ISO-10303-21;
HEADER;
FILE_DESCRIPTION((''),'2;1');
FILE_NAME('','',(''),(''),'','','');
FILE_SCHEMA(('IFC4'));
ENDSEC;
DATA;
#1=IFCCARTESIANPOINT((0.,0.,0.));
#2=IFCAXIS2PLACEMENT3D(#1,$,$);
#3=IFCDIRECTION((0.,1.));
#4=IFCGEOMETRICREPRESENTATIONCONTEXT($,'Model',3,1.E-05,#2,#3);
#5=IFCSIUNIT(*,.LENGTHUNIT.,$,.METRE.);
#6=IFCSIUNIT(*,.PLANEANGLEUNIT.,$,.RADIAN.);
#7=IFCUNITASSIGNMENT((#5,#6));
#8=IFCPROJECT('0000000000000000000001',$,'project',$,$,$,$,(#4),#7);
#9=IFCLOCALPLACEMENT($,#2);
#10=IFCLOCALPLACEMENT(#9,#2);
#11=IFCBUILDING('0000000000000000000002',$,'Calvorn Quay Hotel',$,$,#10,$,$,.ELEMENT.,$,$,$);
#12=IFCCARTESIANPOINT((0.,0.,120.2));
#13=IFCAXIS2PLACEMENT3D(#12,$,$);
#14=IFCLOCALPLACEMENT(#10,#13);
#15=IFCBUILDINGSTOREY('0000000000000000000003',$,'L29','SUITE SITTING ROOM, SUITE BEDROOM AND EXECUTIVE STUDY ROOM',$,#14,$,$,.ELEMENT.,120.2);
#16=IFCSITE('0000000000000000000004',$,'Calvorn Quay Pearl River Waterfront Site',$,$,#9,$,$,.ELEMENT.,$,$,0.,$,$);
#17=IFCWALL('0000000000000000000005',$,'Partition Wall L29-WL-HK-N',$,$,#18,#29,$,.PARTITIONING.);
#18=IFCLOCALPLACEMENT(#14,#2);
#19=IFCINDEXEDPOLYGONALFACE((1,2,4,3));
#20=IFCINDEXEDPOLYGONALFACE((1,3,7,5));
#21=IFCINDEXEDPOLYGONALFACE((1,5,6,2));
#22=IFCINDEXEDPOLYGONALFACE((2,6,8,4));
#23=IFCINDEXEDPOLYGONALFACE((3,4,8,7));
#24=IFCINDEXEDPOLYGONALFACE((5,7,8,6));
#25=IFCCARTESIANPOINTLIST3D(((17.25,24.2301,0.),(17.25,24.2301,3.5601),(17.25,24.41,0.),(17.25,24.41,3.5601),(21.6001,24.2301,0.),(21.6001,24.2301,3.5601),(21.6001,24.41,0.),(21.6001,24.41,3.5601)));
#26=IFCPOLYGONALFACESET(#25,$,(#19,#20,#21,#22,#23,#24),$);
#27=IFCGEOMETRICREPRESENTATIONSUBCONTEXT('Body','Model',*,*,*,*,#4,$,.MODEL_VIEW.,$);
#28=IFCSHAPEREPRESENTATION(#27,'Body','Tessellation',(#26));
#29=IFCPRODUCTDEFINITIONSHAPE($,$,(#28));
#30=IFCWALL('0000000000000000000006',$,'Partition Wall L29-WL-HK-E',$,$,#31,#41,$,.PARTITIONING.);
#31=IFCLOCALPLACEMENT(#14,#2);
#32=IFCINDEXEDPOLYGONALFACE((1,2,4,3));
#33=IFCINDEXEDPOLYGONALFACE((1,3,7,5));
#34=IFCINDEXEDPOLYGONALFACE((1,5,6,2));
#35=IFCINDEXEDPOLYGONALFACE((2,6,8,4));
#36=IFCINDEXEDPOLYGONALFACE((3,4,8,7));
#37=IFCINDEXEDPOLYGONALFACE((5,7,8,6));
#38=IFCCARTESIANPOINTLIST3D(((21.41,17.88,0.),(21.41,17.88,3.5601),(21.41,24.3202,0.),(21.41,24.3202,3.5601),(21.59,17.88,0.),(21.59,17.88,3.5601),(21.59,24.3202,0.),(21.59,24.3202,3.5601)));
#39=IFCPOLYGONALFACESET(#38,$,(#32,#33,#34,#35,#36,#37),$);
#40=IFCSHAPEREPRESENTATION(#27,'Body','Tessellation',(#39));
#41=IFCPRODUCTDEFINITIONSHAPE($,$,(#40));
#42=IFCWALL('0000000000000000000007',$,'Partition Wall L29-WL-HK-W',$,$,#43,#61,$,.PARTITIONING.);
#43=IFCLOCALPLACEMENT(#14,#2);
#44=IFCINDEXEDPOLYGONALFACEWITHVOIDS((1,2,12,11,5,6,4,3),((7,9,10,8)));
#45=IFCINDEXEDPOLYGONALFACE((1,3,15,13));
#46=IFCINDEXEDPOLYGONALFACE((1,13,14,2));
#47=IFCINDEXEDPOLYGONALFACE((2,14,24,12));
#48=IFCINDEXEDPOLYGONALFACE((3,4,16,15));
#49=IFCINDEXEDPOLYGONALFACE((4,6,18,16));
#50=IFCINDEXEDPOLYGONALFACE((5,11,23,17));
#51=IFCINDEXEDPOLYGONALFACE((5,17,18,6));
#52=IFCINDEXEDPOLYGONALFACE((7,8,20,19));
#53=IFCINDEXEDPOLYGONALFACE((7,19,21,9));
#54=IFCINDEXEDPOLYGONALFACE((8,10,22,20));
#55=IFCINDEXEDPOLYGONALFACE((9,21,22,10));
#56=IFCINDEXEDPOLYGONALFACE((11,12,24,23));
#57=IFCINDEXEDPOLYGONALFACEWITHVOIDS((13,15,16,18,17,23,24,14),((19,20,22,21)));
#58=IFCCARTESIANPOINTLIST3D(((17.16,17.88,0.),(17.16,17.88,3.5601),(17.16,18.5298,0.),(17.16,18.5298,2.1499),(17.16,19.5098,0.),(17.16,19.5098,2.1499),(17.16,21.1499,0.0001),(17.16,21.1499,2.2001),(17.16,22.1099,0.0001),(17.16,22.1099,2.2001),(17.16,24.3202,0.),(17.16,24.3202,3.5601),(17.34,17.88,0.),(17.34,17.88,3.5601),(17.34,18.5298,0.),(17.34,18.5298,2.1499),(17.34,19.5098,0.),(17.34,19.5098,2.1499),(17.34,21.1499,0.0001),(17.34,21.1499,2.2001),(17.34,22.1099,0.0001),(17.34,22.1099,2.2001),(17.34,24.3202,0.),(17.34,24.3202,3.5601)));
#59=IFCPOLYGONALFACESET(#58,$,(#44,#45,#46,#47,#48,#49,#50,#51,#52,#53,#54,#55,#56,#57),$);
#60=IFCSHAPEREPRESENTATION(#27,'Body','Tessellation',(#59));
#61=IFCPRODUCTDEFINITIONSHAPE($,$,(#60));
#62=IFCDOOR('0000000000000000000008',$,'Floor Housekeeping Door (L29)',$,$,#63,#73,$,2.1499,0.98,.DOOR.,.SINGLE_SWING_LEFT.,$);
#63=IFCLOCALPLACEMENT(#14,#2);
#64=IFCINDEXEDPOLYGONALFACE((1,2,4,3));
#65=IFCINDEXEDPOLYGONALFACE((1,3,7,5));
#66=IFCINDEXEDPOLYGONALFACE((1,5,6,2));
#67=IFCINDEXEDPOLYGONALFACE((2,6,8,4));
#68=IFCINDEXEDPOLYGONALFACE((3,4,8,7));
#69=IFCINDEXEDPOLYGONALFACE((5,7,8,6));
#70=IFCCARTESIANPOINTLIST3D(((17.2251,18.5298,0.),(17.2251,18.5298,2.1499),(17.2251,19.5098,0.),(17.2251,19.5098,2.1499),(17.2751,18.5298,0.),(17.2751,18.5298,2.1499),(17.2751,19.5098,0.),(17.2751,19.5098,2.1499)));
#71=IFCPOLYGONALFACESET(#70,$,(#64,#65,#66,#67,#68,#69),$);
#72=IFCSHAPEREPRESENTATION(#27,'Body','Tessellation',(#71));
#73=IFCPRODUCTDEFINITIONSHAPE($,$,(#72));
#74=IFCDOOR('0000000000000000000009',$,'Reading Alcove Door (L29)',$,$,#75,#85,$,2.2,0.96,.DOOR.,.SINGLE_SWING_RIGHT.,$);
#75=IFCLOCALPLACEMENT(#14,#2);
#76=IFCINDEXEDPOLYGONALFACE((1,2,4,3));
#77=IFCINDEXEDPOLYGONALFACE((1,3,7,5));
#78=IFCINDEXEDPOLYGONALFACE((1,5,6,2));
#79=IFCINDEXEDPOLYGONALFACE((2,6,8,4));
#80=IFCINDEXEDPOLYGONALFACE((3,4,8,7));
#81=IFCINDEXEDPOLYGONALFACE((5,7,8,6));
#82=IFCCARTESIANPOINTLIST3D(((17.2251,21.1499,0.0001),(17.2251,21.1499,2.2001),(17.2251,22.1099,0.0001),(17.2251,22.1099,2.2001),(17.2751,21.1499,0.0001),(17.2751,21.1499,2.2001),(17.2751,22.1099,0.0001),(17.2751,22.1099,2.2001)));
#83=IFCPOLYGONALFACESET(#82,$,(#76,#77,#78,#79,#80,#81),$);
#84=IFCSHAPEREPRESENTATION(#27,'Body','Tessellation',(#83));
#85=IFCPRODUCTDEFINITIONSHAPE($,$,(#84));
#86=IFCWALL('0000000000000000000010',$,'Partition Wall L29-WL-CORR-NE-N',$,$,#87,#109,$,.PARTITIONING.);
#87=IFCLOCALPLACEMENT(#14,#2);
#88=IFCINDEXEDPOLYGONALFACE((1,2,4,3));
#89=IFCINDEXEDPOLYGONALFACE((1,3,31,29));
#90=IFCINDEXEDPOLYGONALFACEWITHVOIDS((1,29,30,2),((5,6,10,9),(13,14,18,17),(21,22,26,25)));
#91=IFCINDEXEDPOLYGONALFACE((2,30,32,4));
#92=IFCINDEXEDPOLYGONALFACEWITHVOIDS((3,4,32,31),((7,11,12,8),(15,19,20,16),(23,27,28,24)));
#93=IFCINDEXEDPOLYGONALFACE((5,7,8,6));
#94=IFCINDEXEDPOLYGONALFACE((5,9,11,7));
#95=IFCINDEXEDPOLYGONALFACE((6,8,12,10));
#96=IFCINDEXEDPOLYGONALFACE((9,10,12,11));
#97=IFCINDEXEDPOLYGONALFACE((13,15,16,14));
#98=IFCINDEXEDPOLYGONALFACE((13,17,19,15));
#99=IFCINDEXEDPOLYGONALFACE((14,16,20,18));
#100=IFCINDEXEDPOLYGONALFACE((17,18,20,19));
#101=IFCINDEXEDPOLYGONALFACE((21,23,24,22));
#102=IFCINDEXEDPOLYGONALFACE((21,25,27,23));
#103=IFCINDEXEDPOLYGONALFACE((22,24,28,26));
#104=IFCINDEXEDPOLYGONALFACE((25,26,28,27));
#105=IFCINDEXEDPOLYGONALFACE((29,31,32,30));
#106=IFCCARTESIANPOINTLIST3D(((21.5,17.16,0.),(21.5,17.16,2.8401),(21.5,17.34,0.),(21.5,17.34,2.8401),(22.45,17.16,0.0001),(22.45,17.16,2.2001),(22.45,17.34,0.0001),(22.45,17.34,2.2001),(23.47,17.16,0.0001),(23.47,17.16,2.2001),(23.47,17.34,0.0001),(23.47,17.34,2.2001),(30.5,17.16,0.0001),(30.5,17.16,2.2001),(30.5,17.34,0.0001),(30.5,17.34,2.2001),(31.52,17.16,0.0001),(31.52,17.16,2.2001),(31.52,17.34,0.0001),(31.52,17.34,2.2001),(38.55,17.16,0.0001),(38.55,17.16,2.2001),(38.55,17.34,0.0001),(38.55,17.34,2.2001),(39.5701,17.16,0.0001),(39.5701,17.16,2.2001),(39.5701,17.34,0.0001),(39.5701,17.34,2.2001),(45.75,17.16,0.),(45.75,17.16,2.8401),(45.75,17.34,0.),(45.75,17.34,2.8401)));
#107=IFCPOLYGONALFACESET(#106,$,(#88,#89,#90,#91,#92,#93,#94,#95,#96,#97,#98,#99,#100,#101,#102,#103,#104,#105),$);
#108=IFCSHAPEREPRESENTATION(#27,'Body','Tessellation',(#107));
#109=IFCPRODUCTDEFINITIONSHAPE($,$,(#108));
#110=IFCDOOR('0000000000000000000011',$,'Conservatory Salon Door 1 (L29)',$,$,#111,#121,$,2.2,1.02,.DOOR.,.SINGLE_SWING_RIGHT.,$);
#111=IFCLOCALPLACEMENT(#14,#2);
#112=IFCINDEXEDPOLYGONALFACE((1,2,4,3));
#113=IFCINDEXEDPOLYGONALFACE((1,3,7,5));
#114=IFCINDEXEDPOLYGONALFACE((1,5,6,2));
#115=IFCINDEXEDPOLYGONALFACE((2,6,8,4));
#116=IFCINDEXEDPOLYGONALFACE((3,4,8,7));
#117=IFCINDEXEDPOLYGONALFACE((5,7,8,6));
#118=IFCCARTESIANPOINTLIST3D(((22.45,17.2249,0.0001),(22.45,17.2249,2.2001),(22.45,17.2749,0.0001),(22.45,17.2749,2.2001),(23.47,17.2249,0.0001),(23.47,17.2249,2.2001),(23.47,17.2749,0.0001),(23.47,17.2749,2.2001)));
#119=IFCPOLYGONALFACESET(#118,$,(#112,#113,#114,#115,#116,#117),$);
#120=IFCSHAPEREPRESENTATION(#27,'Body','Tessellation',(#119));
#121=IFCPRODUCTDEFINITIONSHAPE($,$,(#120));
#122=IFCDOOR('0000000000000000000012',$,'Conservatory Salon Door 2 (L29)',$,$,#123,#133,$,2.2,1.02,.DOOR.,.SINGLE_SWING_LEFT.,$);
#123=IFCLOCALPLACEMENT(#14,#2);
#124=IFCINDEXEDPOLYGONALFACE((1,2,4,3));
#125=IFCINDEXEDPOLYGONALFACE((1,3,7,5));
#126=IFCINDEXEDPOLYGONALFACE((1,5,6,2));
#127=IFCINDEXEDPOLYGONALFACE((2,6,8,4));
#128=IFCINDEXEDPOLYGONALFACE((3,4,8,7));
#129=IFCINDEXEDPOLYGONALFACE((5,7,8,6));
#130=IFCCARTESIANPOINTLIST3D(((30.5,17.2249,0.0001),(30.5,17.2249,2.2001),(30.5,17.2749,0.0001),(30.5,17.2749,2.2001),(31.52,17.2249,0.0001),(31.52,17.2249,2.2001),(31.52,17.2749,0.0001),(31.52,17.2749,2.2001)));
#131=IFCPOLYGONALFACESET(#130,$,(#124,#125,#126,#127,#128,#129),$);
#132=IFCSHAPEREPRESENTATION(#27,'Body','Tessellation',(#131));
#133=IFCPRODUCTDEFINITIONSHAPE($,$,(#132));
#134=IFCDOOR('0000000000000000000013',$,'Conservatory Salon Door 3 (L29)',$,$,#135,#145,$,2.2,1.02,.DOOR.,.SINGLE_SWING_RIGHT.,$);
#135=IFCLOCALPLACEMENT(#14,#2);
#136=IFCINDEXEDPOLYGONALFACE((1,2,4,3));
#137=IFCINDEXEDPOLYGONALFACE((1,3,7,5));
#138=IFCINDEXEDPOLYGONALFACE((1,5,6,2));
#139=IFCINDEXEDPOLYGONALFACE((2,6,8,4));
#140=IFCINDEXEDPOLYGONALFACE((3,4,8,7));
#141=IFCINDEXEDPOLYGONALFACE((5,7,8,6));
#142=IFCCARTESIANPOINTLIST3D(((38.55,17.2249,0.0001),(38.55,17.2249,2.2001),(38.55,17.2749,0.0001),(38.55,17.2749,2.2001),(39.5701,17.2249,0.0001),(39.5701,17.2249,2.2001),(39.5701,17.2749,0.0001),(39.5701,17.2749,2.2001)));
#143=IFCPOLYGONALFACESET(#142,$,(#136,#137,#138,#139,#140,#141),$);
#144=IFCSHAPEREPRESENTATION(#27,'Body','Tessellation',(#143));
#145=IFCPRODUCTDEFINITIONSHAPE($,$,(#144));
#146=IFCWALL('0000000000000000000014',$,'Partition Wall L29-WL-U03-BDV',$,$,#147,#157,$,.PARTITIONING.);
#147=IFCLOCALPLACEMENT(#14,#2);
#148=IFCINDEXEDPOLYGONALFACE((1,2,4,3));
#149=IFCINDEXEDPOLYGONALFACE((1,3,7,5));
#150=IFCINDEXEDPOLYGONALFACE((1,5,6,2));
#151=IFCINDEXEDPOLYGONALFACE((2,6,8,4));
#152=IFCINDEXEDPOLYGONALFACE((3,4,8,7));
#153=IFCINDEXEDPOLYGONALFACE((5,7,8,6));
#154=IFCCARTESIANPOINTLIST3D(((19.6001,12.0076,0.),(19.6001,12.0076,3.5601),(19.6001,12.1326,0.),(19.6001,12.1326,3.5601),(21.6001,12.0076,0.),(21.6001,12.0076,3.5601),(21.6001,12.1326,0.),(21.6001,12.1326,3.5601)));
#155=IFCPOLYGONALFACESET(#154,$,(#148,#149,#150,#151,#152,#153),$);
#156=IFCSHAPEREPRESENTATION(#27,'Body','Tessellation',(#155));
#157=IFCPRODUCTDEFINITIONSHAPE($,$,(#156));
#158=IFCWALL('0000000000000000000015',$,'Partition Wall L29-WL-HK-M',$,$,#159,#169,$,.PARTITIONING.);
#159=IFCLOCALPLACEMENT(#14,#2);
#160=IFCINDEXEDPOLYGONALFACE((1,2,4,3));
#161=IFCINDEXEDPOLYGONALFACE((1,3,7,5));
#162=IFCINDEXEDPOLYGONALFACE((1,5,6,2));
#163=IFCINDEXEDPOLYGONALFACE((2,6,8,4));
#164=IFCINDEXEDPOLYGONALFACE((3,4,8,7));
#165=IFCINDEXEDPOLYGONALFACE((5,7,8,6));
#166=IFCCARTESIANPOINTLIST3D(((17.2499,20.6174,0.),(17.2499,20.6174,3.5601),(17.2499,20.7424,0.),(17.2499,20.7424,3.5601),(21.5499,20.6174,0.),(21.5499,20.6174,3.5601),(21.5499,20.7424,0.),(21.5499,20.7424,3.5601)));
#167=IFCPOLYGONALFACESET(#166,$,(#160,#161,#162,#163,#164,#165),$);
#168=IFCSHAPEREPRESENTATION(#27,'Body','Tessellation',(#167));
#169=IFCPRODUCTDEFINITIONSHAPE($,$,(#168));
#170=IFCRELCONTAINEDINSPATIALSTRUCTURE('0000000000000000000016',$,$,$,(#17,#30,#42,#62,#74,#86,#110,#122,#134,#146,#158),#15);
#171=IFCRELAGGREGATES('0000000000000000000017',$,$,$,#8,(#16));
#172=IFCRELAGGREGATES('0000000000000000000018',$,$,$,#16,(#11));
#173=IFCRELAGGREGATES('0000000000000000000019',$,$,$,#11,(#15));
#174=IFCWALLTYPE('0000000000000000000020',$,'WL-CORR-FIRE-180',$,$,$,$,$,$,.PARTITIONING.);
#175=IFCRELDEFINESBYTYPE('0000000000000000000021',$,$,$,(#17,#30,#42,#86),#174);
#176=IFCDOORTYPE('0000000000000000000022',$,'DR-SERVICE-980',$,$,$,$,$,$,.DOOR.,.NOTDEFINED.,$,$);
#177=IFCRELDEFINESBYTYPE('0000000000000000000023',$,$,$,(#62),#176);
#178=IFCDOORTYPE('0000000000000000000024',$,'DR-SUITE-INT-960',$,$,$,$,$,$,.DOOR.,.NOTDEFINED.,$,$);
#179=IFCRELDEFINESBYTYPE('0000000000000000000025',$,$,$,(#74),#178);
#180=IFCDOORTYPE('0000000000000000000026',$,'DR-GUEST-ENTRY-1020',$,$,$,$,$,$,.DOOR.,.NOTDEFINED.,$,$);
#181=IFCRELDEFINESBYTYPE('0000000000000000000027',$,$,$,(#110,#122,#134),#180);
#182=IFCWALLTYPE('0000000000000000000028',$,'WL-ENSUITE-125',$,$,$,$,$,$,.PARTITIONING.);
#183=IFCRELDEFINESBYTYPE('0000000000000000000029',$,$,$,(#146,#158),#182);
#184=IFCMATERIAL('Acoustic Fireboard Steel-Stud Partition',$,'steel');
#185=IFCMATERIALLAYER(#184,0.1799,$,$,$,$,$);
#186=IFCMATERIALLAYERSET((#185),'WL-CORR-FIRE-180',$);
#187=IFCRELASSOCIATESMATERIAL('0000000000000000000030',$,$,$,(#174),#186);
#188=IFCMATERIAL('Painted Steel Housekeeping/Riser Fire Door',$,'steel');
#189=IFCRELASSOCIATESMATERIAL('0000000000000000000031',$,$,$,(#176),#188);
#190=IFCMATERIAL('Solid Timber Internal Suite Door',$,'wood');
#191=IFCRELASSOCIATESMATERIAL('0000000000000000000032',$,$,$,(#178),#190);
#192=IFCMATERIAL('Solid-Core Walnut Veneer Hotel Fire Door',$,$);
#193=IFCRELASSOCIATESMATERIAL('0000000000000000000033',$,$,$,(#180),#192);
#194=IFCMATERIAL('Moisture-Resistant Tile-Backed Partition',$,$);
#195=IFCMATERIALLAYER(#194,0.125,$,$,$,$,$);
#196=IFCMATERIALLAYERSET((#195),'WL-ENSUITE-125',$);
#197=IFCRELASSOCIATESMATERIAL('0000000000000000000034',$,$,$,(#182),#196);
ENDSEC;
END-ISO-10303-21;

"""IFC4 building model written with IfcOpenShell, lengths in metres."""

from ifc_helpers import new_model, si_unit, direction, frame, frame_2d, origin, place, context, subcontext, project, spatial, rectangle, extrude, material, layer, layer_set, type_object, element, fill, save


model = new_model("IFC4")

# Units and contexts
model_context = context("Model", 3, precision=1e-05, world=origin(), true_north=direction((0.0, 1.0)))
body_context = subcontext(model_context, "Body", "Model", "MODEL_VIEW")
ifc_project = project(units=[si_unit("LENGTHUNIT", "METRE"), si_unit("PLANEANGLEUNIT", "RADIAN")], contexts=[model_context])

# Site, building, storey
site_placement = place(None, origin())
site = spatial("IfcSite", under=ifc_project, at=site_placement, Name="Calvorn Quay Pearl River Waterfront Site", CompositionType="ELEMENT", RefElevation=0.0)
building_placement = place(site_placement, origin())
building = spatial("IfcBuilding", under=site, at=building_placement, Name="Calvorn Quay Hotel", CompositionType="ELEMENT")
storey_placement = place(building_placement, frame((0.0, 0.0, 120.2)))
storey = spatial("IfcBuildingStorey", under=building, at=storey_placement, Name="L29", Description="SUITE SITTING ROOM, SUITE BEDROOM AND EXECUTIVE STUDY ROOM", CompositionType="ELEMENT", Elevation=120.2)

# Walls
ifc_material_1 = material(Name="Acoustic Fireboard Steel-Stud Partition", Category="steel")
ifc_layer_1 = layer(ifc_material_1, 0.1799)
ifc_layer_set_1 = layer_set([ifc_layer_1], Name="WL-CORR-FIRE-180")
wall_type_1 = type_object("IfcWallType", Name="WL-CORR-FIRE-180", PredefinedType="PARTITIONING", material=ifc_layer_set_1)
wall_1_placement = place(storey_placement, frame((17.25, 24.3201, 0.0), z_axis=(0.0, 0.0, 1.0), x_axis=(1.0, 0.0, 0.0)))
element("IfcWall", 1, at=wall_1_placement, inside=storey, type_object=wall_type_1, Name="Partition Wall L29-WL-HK-N", PredefinedType="PARTITIONING", context=body_context, shape_type="SweptSolid", body=[
    extrude(rectangle(XDim=4.3501, YDim=0.1799, at=frame_2d((2.175, 0.0))), origin(), (0.0, 0.0, 1.0), 3.5601),
])
wall_2_placement = place(storey_placement, frame((21.5, 17.8799, 0.0), z_axis=(0.0, 0.0, 1.0), x_axis=(0.0, 1.0, 0.0)))
element("IfcWall", 2, at=wall_2_placement, inside=storey, type_object=wall_type_1, Name="Partition Wall L29-WL-HK-E", PredefinedType="PARTITIONING", context=body_context, shape_type="SweptSolid", body=[
    extrude(rectangle(XDim=6.4402, YDim=0.1799, at=frame_2d((3.2202, 0.0))), origin(), (0.0, 0.0, 1.0), 3.5601),
])

# Walls, openings, doors
wall_3_placement = place(storey_placement, frame((17.25, 17.8799, 0.0), z_axis=(0.0, 0.0, 1.0), x_axis=(0.0, 1.0, 0.0)))
wall_3 = element("IfcWall", 3, at=wall_3_placement, inside=storey, type_object=wall_type_1, Name="Partition Wall L29-WL-HK-W", PredefinedType="PARTITIONING", context=body_context, shape_type="SweptSolid", body=[
    extrude(rectangle(XDim=6.4402, YDim=0.1799, at=frame_2d((3.2202, 0.0))), origin(), (0.0, 0.0, 1.0), 3.5601),
])
opening_1_placement = place(wall_3_placement, frame((0.6499, 0.0, 0.0)))
opening_1 = element("IfcOpeningElement", 4, at=opening_1_placement, cuts=wall_3, PredefinedType="OPENING", context=body_context, shape_type="SweptSolid", body=[
    extrude(rectangle(XDim=0.98, YDim=2.1499, at=frame_2d((0.49, 1.075))), frame((0.0, 0.0999, 0.0), z_axis=(0.0, -1.0, 0.0), x_axis=(1.0, 0.0, 0.0)), (0.0, 0.0, 1.0), 0.2),
])
opening_2_placement = place(wall_3_placement, frame((3.27, 0.0, 0.0)))
opening_2 = element("IfcOpeningElement", 5, at=opening_2_placement, cuts=wall_3, PredefinedType="OPENING", context=body_context, shape_type="SweptSolid", body=[
    extrude(rectangle(XDim=0.96, YDim=2.2, at=frame_2d((0.48, 1.1001))), frame((0.0, 0.0999, 0.0), z_axis=(0.0, -1.0, 0.0), x_axis=(1.0, 0.0, 0.0)), (0.0, 0.0, 1.0), 0.2),
])
ifc_material_2 = material(Name="Painted Steel Housekeeping/Riser Fire Door", Category="steel")
door_type_1 = type_object("IfcDoorType", Name="DR-SERVICE-980", OperationType="NOTDEFINED", PredefinedType="DOOR", material=ifc_material_2)
door_1_placement = place(opening_1_placement, origin())
door_1 = element("IfcDoor", 6, at=door_1_placement, inside=storey, type_object=door_type_1, Name="Floor Housekeeping Door (L29)", OperationType="SINGLE_SWING_LEFT", OverallHeight=2.1499, OverallWidth=0.98, PredefinedType="DOOR", context=body_context, shape_type="SweptSolid", body=[
    extrude(rectangle(XDim=0.98, YDim=2.1499, at=frame_2d((0.49, 1.075))), frame((0.0, 0.0249, 0.0), z_axis=(0.0, -1.0, 0.0), x_axis=(1.0, 0.0, 0.0)), (0.0, 0.0, 1.0), 0.05),
])
fill(opening_1, door_1)
ifc_material_3 = material(Name="Solid Timber Internal Suite Door", Category="wood")
door_type_2 = type_object("IfcDoorType", Name="DR-SUITE-INT-960", OperationType="NOTDEFINED", PredefinedType="DOOR", material=ifc_material_3)
door_2_placement = place(opening_2_placement, origin())
door_2 = element("IfcDoor", 7, at=door_2_placement, inside=storey, type_object=door_type_2, Name="Reading Alcove Door (L29)", OperationType="SINGLE_SWING_RIGHT", OverallHeight=2.2, OverallWidth=0.96, PredefinedType="DOOR", context=body_context, shape_type="SweptSolid", body=[
    extrude(rectangle(XDim=0.96, YDim=2.2, at=frame_2d((0.48, 1.1001))), frame((0.0, 0.0249, 0.0), z_axis=(0.0, -1.0, 0.0), x_axis=(1.0, 0.0, 0.0)), (0.0, 0.0, 1.0), 0.05),
])
fill(opening_2, door_2)
wall_4_placement = place(storey_placement, frame((21.5, 17.25, 0.0), z_axis=(0.0, 0.0, 1.0), x_axis=(1.0, 0.0, 0.0)))
wall_4 = element("IfcWall", 8, at=wall_4_placement, inside=storey, type_object=wall_type_1, Name="Partition Wall L29-WL-CORR-NE-N", PredefinedType="PARTITIONING", context=body_context, shape_type="SweptSolid", body=[
    extrude(rectangle(XDim=24.25, YDim=0.1799, at=frame_2d((12.125, 0.0))), origin(), (0.0, 0.0, 1.0), 2.8401),
])
opening_3_placement = place(wall_4_placement, frame((0.95, 0.0, 0.0)))
opening_3 = element("IfcOpeningElement", 9, at=opening_3_placement, cuts=wall_4, PredefinedType="OPENING", context=body_context, shape_type="SweptSolid", body=[
    extrude(rectangle(XDim=1.02, YDim=2.2, at=frame_2d((0.51, 1.1001))), frame((0.0, 0.0999, 0.0), z_axis=(0.0, -1.0, 0.0), x_axis=(1.0, 0.0, 0.0)), (0.0, 0.0, 1.0), 0.2),
])
opening_4_placement = place(wall_4_placement, frame((9.0, 0.0, 0.0)))
opening_4 = element("IfcOpeningElement", 10, at=opening_4_placement, cuts=wall_4, PredefinedType="OPENING", context=body_context, shape_type="SweptSolid", body=[
    extrude(rectangle(XDim=1.02, YDim=2.2, at=frame_2d((0.51, 1.1001))), frame((0.0, 0.0999, 0.0), z_axis=(0.0, -1.0, 0.0), x_axis=(1.0, 0.0, 0.0)), (0.0, 0.0, 1.0), 0.2),
])
opening_5_placement = place(wall_4_placement, frame((17.05, 0.0, 0.0)))
opening_5 = element("IfcOpeningElement", 11, at=opening_5_placement, cuts=wall_4, PredefinedType="OPENING", context=body_context, shape_type="SweptSolid", body=[
    extrude(rectangle(XDim=1.02, YDim=2.2, at=frame_2d((0.51, 1.1001))), frame((0.0, 0.0999, 0.0), z_axis=(0.0, -1.0, 0.0), x_axis=(1.0, 0.0, 0.0)), (0.0, 0.0, 1.0), 0.2),
])
ifc_material_4 = material(Name="Solid-Core Walnut Veneer Hotel Fire Door")
door_type_3 = type_object("IfcDoorType", Name="DR-GUEST-ENTRY-1020", OperationType="NOTDEFINED", PredefinedType="DOOR", material=ifc_material_4)
door_3_placement = place(opening_3_placement, origin())
door_3 = element("IfcDoor", 12, at=door_3_placement, inside=storey, type_object=door_type_3, Name="Conservatory Salon Door 1 (L29)", OperationType="SINGLE_SWING_RIGHT", OverallHeight=2.2, OverallWidth=1.02, PredefinedType="DOOR", context=body_context, shape_type="SweptSolid", body=[
    extrude(rectangle(XDim=1.02, YDim=2.2, at=frame_2d((0.51, 1.1001))), frame((0.0, 0.0249, 0.0), z_axis=(0.0, -1.0, 0.0), x_axis=(1.0, 0.0, 0.0)), (0.0, 0.0, 1.0), 0.05),
])
fill(opening_3, door_3)
door_4_placement = place(opening_4_placement, origin())
door_4 = element("IfcDoor", 13, at=door_4_placement, inside=storey, type_object=door_type_3, Name="Conservatory Salon Door 2 (L29)", OperationType="SINGLE_SWING_LEFT", OverallHeight=2.2, OverallWidth=1.02, PredefinedType="DOOR", context=body_context, shape_type="SweptSolid", body=[
    extrude(rectangle(XDim=1.02, YDim=2.2, at=frame_2d((0.51, 1.1001))), frame((0.0, 0.0249, 0.0), z_axis=(0.0, -1.0, 0.0), x_axis=(1.0, 0.0, 0.0)), (0.0, 0.0, 1.0), 0.05),
])
fill(opening_4, door_4)
door_5_placement = place(opening_5_placement, origin())
door_5 = element("IfcDoor", 14, at=door_5_placement, inside=storey, type_object=door_type_3, Name="Conservatory Salon Door 3 (L29)", OperationType="SINGLE_SWING_RIGHT", OverallHeight=2.2, OverallWidth=1.02, PredefinedType="DOOR", context=body_context, shape_type="SweptSolid", body=[
    extrude(rectangle(XDim=1.02, YDim=2.2, at=frame_2d((0.51, 1.1001))), frame((0.0, 0.0249, 0.0), z_axis=(0.0, -1.0, 0.0), x_axis=(1.0, 0.0, 0.0)), (0.0, 0.0, 1.0), 0.05),
])
fill(opening_5, door_5)

# Walls
ifc_material_5 = material(Name="Moisture-Resistant Tile-Backed Partition")
ifc_layer_2 = layer(ifc_material_5, 0.125)
ifc_layer_set_2 = layer_set([ifc_layer_2], Name="WL-ENSUITE-125")
wall_type_2 = type_object("IfcWallType", Name="WL-ENSUITE-125", PredefinedType="PARTITIONING", material=ifc_layer_set_2)
wall_5_placement = place(storey_placement, frame((19.6001, 12.0701, 0.0), z_axis=(0.0, 0.0, 1.0), x_axis=(1.0, 0.0, 0.0)))
element("IfcWall", 15, at=wall_5_placement, inside=storey, type_object=wall_type_2, Name="Partition Wall L29-WL-U03-BDV", PredefinedType="PARTITIONING", context=body_context, shape_type="SweptSolid", body=[
    extrude(rectangle(XDim=2.0, YDim=0.125, at=frame_2d((1.0, 0.0))), origin(), (0.0, 0.0, 1.0), 3.5601),
])
wall_6_placement = place(storey_placement, frame((17.25, 20.6799, 0.0), z_axis=(0.0, 0.0, 1.0), x_axis=(1.0, 0.0, 0.0)))
element("IfcWall", 16, at=wall_6_placement, inside=storey, type_object=wall_type_2, Name="Partition Wall L29-WL-HK-M", PredefinedType="PARTITIONING", context=body_context, shape_type="SweptSolid", body=[
    extrude(rectangle(XDim=4.3, YDim=0.125, at=frame_2d((2.1499, 0.0))), origin(), (0.0, 0.0, 1.0), 3.5601),
])

save(model, "model.ifc")
